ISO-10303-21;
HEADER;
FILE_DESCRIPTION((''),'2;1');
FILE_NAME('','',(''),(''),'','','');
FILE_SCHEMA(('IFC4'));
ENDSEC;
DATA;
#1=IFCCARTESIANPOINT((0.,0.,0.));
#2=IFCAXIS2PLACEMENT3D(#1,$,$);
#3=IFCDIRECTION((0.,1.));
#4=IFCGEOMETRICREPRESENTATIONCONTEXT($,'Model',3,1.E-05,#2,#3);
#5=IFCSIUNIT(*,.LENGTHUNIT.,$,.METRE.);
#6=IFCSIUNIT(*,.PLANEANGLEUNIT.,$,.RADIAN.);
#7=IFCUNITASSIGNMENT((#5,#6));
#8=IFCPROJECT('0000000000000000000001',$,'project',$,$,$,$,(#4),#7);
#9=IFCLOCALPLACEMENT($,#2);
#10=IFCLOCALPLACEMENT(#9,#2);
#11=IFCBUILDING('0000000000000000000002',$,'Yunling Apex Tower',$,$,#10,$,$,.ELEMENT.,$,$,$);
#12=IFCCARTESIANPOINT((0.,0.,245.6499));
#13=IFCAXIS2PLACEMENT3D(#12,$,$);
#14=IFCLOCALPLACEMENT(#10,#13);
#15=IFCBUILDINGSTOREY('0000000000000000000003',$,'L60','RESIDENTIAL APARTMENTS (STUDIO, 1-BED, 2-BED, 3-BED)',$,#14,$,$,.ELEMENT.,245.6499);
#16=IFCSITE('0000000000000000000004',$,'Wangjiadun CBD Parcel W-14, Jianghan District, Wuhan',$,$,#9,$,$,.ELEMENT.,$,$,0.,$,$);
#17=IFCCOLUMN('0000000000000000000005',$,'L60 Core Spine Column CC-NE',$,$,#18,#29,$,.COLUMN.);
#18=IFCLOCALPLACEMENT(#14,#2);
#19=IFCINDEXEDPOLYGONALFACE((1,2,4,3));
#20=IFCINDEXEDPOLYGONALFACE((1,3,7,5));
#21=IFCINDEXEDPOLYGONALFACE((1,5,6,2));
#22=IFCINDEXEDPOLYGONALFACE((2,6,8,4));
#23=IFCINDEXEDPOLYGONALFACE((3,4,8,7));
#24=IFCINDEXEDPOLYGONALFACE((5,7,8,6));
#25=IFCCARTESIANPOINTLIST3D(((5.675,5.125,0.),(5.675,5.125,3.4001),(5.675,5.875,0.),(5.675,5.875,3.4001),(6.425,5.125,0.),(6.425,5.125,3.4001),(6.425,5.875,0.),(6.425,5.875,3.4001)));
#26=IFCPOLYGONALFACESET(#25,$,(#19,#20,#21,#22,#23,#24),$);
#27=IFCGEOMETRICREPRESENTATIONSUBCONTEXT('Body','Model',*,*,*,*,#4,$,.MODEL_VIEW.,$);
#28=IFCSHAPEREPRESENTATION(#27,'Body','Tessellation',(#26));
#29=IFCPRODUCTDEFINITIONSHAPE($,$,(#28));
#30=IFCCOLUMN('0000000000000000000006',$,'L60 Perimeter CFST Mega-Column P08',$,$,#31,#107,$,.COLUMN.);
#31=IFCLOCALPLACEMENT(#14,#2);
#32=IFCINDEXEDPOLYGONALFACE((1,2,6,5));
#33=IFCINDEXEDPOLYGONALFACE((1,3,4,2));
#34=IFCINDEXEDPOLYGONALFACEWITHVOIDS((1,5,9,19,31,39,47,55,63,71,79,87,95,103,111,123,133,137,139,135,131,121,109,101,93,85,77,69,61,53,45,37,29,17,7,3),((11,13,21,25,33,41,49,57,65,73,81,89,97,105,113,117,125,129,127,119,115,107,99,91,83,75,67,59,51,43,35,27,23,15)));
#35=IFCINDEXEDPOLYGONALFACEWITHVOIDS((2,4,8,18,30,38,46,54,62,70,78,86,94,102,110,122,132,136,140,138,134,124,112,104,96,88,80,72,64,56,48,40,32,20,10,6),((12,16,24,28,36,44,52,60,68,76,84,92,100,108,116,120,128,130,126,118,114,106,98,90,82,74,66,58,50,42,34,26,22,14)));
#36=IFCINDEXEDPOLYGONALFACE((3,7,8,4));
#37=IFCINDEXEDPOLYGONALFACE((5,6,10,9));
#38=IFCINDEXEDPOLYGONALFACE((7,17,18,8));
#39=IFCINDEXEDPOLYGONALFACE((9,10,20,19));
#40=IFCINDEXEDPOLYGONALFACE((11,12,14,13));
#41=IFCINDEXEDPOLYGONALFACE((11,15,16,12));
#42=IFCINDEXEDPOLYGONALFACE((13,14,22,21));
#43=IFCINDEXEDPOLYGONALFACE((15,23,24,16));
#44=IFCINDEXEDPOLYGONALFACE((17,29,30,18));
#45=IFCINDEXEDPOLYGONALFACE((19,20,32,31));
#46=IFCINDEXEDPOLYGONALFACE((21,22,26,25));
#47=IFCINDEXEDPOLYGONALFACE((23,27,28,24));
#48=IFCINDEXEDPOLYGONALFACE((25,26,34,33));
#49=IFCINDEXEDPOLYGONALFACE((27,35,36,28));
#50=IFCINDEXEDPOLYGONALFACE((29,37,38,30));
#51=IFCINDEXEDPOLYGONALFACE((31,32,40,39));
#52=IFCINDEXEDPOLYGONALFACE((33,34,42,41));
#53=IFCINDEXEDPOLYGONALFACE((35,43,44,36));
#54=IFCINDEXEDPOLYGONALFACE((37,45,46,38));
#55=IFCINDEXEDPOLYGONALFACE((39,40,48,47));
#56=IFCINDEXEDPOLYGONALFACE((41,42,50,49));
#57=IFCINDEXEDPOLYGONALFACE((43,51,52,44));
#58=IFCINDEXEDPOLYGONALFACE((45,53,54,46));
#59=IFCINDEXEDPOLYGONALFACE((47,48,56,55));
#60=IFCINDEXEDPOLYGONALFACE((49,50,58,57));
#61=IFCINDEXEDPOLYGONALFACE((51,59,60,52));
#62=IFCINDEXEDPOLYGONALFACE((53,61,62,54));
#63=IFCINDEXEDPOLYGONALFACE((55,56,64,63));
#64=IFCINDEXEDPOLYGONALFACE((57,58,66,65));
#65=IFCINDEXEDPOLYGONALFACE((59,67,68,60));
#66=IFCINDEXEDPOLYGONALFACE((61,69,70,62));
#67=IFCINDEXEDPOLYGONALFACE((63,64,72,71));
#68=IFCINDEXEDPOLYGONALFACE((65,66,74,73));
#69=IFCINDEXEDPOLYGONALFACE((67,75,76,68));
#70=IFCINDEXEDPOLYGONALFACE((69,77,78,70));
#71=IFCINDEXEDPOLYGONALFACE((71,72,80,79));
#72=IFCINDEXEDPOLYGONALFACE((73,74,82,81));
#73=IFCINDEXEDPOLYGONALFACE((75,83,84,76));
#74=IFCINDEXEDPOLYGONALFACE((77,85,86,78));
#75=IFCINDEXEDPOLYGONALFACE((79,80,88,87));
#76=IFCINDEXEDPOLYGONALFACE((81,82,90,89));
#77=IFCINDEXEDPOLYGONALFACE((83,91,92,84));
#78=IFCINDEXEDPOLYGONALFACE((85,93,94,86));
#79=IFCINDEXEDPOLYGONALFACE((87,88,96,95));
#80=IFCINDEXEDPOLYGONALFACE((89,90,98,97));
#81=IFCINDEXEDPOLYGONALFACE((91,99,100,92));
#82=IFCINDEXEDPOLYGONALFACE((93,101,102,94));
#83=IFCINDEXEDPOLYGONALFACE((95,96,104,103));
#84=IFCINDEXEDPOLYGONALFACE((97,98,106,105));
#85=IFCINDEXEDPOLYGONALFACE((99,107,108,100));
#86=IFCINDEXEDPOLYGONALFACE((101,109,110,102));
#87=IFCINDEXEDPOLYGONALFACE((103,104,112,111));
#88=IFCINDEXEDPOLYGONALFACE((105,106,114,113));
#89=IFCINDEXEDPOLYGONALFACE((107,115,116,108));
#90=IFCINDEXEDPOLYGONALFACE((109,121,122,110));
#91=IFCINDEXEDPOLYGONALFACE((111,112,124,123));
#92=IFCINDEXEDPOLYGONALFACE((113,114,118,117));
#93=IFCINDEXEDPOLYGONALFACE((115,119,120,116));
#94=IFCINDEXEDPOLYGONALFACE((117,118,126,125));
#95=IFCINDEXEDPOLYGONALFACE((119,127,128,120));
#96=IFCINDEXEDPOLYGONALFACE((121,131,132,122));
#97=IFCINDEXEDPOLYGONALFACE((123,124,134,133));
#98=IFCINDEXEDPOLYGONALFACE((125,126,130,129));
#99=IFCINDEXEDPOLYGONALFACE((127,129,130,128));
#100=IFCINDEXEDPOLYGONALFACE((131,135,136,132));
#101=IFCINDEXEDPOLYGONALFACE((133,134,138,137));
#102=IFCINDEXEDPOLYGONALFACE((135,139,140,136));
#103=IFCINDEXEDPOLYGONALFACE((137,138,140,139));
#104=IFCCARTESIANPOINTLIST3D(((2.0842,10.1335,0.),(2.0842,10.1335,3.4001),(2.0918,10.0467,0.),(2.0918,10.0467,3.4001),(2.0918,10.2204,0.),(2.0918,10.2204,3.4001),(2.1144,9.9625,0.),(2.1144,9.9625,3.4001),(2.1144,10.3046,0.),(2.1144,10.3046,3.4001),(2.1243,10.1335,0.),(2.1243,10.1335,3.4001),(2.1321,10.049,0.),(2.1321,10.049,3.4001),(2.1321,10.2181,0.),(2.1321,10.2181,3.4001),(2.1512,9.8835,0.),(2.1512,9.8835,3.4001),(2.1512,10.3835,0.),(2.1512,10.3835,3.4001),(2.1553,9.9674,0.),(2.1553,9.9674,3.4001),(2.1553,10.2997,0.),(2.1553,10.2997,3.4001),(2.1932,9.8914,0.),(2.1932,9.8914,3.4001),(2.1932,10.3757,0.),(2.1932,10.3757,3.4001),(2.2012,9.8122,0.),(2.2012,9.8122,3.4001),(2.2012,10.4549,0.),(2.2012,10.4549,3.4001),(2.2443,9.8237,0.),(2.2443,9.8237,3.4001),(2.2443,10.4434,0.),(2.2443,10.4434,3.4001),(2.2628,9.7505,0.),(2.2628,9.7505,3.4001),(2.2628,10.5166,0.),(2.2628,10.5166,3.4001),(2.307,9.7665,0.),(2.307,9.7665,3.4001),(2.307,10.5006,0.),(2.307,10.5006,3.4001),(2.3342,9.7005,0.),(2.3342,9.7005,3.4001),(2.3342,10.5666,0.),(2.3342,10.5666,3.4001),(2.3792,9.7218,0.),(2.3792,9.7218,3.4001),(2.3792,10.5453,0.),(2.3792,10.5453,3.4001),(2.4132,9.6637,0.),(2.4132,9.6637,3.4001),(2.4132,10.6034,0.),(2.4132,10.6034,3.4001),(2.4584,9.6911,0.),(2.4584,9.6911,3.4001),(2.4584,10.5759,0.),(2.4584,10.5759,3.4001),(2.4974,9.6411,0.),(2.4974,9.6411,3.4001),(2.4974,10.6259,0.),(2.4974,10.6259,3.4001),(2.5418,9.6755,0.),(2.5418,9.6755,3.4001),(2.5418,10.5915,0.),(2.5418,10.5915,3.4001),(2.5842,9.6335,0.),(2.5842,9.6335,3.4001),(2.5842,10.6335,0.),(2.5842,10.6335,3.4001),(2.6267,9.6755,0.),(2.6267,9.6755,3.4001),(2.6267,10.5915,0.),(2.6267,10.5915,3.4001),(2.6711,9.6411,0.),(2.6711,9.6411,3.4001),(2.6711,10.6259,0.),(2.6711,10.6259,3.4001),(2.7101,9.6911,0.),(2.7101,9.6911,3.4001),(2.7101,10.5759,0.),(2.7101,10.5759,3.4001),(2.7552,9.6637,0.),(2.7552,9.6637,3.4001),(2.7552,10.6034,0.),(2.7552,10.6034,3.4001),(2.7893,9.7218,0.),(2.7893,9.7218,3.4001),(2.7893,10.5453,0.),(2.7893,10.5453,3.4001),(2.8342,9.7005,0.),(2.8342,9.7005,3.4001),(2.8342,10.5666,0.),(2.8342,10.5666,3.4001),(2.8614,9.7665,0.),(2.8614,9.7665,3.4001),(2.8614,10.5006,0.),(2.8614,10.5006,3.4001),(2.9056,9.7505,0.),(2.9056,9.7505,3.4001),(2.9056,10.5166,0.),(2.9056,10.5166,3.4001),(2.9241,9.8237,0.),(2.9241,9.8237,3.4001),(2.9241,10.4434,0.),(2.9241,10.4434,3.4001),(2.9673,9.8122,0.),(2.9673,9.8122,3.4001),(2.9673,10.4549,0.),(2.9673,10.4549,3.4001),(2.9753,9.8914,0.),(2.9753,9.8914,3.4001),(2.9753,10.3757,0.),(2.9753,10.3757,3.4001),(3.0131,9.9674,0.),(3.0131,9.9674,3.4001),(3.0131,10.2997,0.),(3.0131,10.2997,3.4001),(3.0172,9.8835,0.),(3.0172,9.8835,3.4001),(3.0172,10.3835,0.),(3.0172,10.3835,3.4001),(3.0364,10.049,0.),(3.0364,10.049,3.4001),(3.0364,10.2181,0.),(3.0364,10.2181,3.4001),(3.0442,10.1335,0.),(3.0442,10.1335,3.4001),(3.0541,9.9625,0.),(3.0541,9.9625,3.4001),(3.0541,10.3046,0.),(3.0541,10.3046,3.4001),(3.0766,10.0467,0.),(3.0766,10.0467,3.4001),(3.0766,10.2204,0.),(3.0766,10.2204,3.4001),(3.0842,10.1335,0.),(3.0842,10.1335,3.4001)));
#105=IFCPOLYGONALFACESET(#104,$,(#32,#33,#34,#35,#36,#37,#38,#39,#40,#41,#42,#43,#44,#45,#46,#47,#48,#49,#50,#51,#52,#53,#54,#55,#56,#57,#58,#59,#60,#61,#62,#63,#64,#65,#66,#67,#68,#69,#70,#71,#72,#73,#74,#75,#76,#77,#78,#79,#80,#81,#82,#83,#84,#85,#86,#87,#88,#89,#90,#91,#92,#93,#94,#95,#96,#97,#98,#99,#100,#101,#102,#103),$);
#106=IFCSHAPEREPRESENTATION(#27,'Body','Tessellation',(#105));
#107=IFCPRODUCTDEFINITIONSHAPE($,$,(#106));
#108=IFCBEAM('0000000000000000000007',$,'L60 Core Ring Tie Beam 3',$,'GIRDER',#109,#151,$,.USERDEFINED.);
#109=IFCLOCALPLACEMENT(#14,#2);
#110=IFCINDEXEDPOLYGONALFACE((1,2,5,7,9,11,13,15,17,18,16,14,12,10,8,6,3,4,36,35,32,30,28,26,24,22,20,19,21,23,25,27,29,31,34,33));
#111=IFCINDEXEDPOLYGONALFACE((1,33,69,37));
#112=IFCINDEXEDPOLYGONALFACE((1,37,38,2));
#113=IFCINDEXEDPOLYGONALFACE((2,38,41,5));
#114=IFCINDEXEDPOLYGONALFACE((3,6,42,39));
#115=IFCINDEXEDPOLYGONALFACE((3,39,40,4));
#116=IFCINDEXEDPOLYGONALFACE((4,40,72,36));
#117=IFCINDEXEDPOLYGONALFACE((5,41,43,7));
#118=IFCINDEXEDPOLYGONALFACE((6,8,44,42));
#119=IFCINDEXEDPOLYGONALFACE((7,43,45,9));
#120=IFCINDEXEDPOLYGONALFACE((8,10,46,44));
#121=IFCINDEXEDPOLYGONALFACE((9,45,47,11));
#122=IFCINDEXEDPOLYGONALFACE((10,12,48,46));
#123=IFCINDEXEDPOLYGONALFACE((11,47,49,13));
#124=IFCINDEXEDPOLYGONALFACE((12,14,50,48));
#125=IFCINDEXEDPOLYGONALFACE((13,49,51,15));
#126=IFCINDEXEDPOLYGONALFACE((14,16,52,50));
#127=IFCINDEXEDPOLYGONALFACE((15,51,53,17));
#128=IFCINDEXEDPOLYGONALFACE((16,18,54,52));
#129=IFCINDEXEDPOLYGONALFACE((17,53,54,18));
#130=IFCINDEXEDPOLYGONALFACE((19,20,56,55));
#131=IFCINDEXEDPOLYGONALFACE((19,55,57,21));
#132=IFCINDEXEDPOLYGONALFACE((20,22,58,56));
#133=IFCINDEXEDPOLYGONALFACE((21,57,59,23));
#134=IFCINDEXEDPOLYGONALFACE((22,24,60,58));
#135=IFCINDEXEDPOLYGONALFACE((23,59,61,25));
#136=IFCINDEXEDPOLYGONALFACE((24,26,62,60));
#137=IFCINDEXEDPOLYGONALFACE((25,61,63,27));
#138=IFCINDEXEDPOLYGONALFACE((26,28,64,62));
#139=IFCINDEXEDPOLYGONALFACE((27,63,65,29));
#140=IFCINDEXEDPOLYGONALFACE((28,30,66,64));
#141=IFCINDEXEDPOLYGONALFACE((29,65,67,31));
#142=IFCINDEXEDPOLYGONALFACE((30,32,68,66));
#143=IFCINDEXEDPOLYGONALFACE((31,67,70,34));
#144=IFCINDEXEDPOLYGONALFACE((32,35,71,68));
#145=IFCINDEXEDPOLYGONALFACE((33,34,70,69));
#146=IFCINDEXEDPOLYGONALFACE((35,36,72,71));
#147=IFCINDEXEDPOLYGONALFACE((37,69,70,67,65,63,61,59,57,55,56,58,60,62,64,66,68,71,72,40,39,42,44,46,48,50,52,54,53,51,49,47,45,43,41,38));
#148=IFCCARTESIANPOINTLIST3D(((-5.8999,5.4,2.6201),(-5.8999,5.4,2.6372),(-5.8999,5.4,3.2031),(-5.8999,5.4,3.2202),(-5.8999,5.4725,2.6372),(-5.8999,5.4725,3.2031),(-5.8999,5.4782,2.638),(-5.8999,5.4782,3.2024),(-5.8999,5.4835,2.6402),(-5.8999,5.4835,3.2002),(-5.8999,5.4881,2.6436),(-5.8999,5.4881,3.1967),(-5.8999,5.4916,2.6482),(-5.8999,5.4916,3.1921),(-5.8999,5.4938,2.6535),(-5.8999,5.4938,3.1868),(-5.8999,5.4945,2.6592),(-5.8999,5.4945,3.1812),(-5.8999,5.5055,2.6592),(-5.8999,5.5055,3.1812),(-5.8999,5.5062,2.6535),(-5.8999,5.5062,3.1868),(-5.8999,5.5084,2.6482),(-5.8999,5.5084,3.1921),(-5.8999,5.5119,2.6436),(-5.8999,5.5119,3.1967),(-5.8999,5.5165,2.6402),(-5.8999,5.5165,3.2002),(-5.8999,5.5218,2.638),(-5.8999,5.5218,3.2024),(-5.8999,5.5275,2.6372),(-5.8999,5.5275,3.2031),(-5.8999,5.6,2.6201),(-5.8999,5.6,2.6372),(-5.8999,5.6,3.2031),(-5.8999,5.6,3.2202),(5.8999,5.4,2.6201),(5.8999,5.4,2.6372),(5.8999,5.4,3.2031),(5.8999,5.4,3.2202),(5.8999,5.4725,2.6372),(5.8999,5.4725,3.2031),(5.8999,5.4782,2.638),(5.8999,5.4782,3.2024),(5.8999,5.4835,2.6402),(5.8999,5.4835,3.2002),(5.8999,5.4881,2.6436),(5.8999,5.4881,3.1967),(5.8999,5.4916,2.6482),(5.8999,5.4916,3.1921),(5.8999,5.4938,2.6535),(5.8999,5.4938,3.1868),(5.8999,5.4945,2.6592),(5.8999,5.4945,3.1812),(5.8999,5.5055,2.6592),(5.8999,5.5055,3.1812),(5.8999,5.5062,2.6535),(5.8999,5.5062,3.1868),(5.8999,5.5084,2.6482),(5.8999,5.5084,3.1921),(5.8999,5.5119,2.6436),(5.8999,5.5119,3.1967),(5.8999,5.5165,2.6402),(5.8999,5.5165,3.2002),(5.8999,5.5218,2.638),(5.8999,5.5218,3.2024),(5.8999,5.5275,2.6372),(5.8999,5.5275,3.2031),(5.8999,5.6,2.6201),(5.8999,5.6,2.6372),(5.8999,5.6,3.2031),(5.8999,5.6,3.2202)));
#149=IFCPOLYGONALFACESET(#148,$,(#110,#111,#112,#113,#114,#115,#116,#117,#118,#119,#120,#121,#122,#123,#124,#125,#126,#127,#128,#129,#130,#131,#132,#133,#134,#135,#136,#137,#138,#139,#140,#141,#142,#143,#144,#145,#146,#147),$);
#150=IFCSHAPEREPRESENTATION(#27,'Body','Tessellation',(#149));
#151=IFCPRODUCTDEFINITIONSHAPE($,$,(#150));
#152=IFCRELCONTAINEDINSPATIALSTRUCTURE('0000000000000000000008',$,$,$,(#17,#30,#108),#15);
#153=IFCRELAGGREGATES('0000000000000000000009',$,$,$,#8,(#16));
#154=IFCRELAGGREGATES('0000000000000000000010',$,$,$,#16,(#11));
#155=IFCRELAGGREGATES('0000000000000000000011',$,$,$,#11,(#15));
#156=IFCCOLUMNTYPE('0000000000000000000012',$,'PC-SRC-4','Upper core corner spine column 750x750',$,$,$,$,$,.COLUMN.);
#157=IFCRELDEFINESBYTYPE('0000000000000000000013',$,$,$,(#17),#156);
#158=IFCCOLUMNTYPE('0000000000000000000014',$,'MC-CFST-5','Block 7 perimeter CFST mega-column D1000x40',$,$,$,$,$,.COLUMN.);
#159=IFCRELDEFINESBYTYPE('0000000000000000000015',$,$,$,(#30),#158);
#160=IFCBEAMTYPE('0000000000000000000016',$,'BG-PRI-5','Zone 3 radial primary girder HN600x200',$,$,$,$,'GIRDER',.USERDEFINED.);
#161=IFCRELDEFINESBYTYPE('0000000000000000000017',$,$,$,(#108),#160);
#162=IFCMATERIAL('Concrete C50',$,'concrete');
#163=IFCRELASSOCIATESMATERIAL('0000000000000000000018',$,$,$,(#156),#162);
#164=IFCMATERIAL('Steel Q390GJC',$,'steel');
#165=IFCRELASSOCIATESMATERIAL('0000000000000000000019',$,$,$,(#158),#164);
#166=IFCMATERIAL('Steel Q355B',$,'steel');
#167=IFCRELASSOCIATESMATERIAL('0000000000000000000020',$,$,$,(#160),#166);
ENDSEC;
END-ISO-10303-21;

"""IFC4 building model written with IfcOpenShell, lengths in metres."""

from ifc_helpers import new_model, si_unit, direction, frame, origin, origin_2d, place, context, subcontext, project, spatial, rectangle, hollow_circle, i_section, extrude, source, transform, mapped, material, material_profile, profile_set, type_object, element, save


model = new_model("IFC4")

# Units and contexts
model_context = context("Model", 3, precision=1e-05, world=origin(), true_north=direction((0.0, 1.0)))
body_context = subcontext(model_context, "Body", "Model", "MODEL_VIEW")
ifc_project = project(units=[si_unit("LENGTHUNIT", "METRE"), si_unit("PLANEANGLEUNIT", "RADIAN")], contexts=[model_context])

# Site, building, storey
site_placement = place(None, origin())
site = spatial("IfcSite", under=ifc_project, at=site_placement, Name="Wangjiadun CBD Parcel W-14, Jianghan District, Wuhan", CompositionType="ELEMENT", RefElevation=0.0)
building_placement = place(site_placement, origin())
building = spatial("IfcBuilding", under=site, at=building_placement, Name="Yunling Apex Tower", CompositionType="ELEMENT")
storey_placement = place(building_placement, frame((0.0, 0.0, 245.6499)))
storey = spatial("IfcBuildingStorey", under=building, at=storey_placement, Name="L60", Description="RESIDENTIAL APARTMENTS (STUDIO, 1-BED, 2-BED, 3-BED)", CompositionType="ELEMENT", Elevation=245.6499)

# Columns
ifc_material_1 = material(Name="Concrete C50", Category="concrete")
ifc_material_profile_1 = material_profile(ifc_material_1, rectangle(XDim=0.75, YDim=0.75, at=origin_2d()))
ifc_profile_set_1 = profile_set([ifc_material_profile_1], Name="Concrete C50")
column_type_1 = type_object("IfcColumnType", Name="PC-SRC-4", Description="Upper core corner spine column 750x750", PredefinedType="COLUMN", material=ifc_profile_set_1)
shared_shape_1 = source(origin(), body_context, "Body", "SweptSolid", [
    extrude(rectangle(XDim=0.75, YDim=0.75, at=origin_2d()), origin(), (0.0, 0.0, 1.0), 3.4001),
])
column_1_placement = place(storey_placement, frame((6.05, 5.5, 0.0), z_axis=(0.0, 0.0, 1.0), x_axis=(1.0, 0.0, 0.0)))
element("IfcColumn", 1, at=column_1_placement, inside=storey, type_object=column_type_1, Name="L60 Core Spine Column CC-NE", PredefinedType="COLUMN", context=body_context, shape_type="MappedRepresentation", body=[
    mapped(shared_shape_1, transform((0.0, 0.0, 0.0), scale=1.0)),
])
ifc_material_2 = material(Name="Steel Q390GJC", Category="steel")
ifc_material_profile_2 = material_profile(ifc_material_2, hollow_circle(Radius=0.5, WallThickness=0.04, at=origin_2d()))
ifc_profile_set_2 = profile_set([ifc_material_profile_2], Name="Steel Q390GJC")
column_type_2 = type_object("IfcColumnType", Name="MC-CFST-5", Description="Block 7 perimeter CFST mega-column D1000x40", PredefinedType="COLUMN", material=ifc_profile_set_2)
shared_shape_2 = source(origin(), body_context, "Body", "SweptSolid", [
    extrude(hollow_circle(Radius=0.5, WallThickness=0.04, at=origin_2d()), origin(), (0.0, 0.0, 1.0), 3.4001),
])
column_2_placement = place(storey_placement, frame((2.5842, 10.1335, 0.0), z_axis=(0.0, 0.0, 1.0), x_axis=(1.0, 0.0, 0.0)))
element("IfcColumn", 2, at=column_2_placement, inside=storey, type_object=column_type_2, Name="L60 Perimeter CFST Mega-Column P08", PredefinedType="COLUMN", context=body_context, shape_type="MappedRepresentation", body=[
    mapped(shared_shape_2, transform((0.0, 0.0, 0.0), scale=1.0)),
])

# Beam
ifc_material_3 = material(Name="Steel Q355B", Category="steel")
ifc_material_profile_3 = material_profile(ifc_material_3, i_section(OverallWidth=0.2, OverallDepth=0.6001, WebThickness=0.011, FlangeThickness=0.0171, FilletRadius=0.022, at=origin_2d()))
ifc_profile_set_3 = profile_set([ifc_material_profile_3], Name="Steel Q355B")
beam_type_1 = type_object("IfcBeamType", Name="BG-PRI-5", Description="Zone 3 radial primary girder HN600x200", ElementType="GIRDER", PredefinedType="USERDEFINED", material=ifc_profile_set_3)
shared_shape_3 = source(origin(), body_context, "Body", "SweptSolid", [
    extrude(i_section(OverallWidth=0.2, OverallDepth=0.6001, WebThickness=0.011, FlangeThickness=0.0171, FilletRadius=0.022, at=origin_2d()), origin(), (0.0, 0.0, 1.0), 11.7998),
])
beam_1_placement = place(storey_placement, frame((5.8999, 5.5, 2.9202), z_axis=(-1.0, 0.0, 0.0), x_axis=(0.0, -1.0, 0.0)))
element("IfcBeam", 3, at=beam_1_placement, inside=storey, type_object=beam_type_1, Name="L60 Core Ring Tie Beam 3", ObjectType="GIRDER", PredefinedType="USERDEFINED", context=body_context, shape_type="MappedRepresentation", body=[
    mapped(shared_shape_3, transform((0.0, 0.0, 0.0), scale=1.0)),
])

save(model, "model.ifc")
